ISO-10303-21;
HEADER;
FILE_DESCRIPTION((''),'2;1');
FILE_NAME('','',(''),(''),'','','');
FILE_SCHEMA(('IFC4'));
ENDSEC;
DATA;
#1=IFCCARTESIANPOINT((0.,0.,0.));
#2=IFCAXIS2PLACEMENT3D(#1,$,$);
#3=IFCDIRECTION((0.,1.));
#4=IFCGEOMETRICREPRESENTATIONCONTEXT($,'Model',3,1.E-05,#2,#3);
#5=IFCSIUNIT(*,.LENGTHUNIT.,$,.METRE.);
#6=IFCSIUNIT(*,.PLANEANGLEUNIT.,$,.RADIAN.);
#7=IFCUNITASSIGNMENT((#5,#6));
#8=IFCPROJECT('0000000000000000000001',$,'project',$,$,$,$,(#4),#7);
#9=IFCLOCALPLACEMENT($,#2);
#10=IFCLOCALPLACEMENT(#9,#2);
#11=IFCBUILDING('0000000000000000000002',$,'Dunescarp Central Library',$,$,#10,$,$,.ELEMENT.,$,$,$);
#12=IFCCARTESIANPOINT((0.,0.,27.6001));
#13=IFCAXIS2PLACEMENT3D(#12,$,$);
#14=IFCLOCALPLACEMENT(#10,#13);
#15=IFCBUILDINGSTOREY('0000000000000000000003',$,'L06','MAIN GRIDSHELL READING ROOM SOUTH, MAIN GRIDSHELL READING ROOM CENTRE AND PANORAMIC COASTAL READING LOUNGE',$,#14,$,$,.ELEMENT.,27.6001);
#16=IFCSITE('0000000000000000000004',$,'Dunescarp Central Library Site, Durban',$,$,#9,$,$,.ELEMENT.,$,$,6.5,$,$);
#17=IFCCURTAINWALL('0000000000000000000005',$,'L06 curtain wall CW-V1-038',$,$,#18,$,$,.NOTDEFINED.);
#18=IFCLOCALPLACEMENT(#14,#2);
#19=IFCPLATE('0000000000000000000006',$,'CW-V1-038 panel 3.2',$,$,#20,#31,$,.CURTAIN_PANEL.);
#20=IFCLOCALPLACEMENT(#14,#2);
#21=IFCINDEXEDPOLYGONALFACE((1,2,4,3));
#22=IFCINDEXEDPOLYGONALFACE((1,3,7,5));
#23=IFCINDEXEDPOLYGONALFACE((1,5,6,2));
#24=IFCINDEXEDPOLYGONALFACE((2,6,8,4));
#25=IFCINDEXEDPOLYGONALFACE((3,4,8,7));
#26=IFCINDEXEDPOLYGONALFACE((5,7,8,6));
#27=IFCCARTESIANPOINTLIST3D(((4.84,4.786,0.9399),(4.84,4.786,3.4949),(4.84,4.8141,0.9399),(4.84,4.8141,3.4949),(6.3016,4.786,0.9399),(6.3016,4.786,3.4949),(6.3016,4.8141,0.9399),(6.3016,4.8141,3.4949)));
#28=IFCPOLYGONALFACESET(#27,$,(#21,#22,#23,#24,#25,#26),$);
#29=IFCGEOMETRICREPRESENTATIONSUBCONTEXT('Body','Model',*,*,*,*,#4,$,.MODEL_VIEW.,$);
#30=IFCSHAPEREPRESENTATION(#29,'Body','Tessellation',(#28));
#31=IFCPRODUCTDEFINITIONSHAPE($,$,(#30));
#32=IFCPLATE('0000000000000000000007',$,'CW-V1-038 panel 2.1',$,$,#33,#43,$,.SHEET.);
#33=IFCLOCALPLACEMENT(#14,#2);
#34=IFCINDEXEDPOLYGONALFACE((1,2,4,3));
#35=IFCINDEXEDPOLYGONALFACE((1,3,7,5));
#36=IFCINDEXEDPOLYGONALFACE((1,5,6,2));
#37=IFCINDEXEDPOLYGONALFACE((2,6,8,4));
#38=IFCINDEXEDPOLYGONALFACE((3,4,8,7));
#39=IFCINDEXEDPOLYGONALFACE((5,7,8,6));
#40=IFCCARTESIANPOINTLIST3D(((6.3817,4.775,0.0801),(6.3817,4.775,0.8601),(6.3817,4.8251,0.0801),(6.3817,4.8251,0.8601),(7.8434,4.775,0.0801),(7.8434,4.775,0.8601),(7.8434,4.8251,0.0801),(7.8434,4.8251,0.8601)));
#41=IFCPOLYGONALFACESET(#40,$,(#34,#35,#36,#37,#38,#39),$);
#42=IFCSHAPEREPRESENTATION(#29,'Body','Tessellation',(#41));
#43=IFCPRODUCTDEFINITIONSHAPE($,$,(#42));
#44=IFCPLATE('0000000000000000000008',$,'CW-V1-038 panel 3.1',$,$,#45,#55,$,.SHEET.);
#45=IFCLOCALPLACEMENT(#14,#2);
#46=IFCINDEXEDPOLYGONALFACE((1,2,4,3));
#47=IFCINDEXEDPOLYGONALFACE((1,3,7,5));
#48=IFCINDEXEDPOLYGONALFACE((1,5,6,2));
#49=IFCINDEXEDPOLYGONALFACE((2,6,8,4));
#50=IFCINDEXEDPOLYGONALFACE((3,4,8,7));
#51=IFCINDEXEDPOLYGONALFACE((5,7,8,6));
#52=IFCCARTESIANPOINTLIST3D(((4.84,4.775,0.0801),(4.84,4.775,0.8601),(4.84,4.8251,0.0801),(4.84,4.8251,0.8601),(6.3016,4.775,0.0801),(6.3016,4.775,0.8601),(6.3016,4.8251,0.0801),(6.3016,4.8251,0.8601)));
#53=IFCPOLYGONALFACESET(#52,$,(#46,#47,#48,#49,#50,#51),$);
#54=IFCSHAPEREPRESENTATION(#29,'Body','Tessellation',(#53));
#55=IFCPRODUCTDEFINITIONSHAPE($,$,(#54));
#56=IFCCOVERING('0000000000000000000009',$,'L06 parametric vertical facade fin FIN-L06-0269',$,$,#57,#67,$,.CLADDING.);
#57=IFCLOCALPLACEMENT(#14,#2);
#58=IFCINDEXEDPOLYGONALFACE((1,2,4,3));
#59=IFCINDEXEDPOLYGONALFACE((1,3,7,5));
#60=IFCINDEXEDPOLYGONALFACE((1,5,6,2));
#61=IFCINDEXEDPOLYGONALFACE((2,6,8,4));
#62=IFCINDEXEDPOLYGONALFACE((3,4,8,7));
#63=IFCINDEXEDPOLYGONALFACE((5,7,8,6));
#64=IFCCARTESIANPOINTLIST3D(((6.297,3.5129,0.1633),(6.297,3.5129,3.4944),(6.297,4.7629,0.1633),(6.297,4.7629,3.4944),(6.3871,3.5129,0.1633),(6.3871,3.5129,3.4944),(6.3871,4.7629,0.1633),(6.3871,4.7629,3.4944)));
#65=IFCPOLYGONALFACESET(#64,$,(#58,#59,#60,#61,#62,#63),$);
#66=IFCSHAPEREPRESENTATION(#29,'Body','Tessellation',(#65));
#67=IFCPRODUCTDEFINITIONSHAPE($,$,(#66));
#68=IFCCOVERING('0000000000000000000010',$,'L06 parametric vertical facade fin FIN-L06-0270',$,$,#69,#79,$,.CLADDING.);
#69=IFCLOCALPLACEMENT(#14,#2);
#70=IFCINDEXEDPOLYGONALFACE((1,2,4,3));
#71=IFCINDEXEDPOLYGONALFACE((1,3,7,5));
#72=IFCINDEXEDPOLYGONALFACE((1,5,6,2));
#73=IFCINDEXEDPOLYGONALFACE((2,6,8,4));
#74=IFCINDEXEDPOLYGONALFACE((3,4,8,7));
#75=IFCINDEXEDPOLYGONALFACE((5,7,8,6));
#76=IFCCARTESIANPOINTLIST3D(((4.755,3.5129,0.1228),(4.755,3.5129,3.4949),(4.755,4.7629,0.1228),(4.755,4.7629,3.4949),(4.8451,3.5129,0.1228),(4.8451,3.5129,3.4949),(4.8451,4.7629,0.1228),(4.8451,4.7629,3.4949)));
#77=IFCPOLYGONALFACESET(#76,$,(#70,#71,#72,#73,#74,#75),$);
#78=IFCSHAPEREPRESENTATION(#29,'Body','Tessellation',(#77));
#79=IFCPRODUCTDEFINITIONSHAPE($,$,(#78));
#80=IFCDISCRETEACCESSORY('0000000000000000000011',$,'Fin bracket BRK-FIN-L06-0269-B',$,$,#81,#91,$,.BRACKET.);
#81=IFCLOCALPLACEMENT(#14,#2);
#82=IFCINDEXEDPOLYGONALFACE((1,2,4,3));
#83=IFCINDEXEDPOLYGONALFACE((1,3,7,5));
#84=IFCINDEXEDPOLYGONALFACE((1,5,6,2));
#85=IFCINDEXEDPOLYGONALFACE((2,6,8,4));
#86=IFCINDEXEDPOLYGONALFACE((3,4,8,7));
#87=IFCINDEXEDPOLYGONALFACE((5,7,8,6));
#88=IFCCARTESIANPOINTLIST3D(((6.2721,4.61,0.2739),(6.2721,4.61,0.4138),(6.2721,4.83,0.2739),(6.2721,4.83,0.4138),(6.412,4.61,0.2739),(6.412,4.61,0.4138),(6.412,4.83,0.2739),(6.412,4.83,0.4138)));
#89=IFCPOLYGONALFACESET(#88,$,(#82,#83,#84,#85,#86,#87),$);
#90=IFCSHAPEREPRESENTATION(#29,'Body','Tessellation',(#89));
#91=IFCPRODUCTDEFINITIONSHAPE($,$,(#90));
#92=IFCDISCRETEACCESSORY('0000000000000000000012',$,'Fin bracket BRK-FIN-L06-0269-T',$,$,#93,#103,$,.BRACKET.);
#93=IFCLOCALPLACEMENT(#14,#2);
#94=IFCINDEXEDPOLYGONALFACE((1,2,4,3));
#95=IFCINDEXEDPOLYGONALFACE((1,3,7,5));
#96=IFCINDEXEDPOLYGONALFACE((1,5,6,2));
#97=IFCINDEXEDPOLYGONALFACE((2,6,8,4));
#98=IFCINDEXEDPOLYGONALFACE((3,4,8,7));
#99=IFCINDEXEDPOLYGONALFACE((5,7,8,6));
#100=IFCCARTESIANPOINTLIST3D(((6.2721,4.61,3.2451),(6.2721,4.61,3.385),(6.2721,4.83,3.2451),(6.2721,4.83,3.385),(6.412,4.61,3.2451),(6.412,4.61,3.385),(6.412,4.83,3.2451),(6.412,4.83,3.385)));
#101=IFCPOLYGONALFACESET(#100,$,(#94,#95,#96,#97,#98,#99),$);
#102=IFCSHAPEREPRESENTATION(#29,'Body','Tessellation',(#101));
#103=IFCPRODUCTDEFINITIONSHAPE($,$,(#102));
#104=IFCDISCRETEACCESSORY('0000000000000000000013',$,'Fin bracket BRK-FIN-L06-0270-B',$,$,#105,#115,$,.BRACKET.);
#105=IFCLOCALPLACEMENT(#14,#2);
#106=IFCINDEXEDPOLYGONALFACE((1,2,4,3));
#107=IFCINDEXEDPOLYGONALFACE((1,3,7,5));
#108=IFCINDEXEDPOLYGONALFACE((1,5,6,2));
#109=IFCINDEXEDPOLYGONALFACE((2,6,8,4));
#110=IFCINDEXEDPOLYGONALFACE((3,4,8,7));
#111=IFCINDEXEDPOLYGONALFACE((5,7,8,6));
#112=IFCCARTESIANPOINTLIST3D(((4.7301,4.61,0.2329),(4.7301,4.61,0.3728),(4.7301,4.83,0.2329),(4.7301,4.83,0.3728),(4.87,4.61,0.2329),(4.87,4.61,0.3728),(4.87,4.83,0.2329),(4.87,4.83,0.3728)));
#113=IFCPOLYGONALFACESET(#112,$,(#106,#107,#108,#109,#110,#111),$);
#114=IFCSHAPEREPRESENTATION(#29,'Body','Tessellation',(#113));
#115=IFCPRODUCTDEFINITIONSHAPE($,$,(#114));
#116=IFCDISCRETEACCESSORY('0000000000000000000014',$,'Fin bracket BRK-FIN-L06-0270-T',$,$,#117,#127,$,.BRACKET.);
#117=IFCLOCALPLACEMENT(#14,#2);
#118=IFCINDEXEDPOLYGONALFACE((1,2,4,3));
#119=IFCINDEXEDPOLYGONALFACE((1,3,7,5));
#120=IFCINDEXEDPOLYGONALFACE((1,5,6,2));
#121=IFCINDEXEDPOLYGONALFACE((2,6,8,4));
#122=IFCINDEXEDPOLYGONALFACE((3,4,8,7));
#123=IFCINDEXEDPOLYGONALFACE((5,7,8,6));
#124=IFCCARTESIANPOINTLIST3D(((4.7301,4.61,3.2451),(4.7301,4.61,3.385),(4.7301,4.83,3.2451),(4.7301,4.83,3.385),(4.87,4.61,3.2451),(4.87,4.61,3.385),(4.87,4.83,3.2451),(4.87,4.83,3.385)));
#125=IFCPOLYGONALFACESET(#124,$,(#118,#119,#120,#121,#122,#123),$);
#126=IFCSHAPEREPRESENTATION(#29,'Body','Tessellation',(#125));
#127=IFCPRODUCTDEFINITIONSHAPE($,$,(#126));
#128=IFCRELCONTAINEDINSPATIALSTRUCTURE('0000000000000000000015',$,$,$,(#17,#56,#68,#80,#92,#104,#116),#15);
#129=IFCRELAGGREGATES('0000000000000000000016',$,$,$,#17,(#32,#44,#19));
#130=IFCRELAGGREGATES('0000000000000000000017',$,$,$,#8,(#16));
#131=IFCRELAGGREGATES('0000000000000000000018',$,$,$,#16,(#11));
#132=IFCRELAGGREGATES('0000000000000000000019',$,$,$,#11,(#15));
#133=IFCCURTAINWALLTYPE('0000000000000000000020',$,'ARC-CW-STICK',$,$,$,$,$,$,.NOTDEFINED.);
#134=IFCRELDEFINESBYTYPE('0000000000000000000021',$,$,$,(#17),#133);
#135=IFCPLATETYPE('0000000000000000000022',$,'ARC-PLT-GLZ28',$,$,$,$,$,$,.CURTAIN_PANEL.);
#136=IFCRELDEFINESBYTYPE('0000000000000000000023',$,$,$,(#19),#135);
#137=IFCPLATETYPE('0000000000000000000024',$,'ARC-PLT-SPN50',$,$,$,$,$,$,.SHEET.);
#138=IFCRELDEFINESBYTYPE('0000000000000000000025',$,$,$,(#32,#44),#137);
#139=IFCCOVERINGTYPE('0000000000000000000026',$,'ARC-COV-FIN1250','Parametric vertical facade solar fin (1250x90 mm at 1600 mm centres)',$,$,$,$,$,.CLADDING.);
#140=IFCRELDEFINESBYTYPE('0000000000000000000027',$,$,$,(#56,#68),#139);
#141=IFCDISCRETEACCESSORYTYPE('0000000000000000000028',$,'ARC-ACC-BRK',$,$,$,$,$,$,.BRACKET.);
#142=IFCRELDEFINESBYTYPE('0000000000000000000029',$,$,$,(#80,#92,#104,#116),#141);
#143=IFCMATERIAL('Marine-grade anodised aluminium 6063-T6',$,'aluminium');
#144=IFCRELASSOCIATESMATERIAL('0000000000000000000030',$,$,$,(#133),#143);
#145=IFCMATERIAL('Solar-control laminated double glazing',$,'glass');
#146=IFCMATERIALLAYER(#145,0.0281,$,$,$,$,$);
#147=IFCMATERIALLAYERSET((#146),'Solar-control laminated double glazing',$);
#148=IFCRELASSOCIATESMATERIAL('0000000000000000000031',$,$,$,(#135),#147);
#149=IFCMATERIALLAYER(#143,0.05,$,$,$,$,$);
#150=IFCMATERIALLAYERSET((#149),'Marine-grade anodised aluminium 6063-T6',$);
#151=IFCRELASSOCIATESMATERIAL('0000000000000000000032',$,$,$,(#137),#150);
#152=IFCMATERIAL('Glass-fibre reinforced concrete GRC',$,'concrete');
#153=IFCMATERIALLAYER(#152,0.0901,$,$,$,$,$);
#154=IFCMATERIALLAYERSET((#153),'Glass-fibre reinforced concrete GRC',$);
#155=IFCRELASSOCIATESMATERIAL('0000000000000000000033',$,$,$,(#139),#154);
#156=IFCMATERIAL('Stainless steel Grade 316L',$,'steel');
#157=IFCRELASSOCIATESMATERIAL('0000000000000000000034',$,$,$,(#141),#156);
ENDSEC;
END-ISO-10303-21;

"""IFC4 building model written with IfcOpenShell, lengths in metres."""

from ifc_helpers import new_model, si_unit, direction, frame, origin, origin_2d, place, context, subcontext, project, spatial, rectangle, extrude, material, layer, layer_set, type_object, element, aggregate, save


model = new_model("IFC4")

# Units and contexts
model_context = context("Model", 3, precision=1e-05, world=origin(), true_north=direction((0.0, 1.0)))
body_context = subcontext(model_context, "Body", "Model", "MODEL_VIEW")
ifc_project = project(units=[si_unit("LENGTHUNIT", "METRE"), si_unit("PLANEANGLEUNIT", "RADIAN")], contexts=[model_context])

# Site, building, storey
site_placement = place(None, origin())
site = spatial("IfcSite", under=ifc_project, at=site_placement, Name="Dunescarp Central Library Site, Durban", CompositionType="ELEMENT", RefElevation=6.5)
building_placement = place(site_placement, origin())
building = spatial("IfcBuilding", under=site, at=building_placement, Name="Dunescarp Central Library", CompositionType="ELEMENT")
storey_placement = place(building_placement, frame((0.0, 0.0, 27.6001)))
storey = spatial("IfcBuildingStorey", under=building, at=storey_placement, Name="L06", Description="MAIN GRIDSHELL READING ROOM SOUTH, MAIN GRIDSHELL READING ROOM CENTRE AND PANORAMIC COASTAL READING LOUNGE", CompositionType="ELEMENT", Elevation=27.6001)

# Curtain wall
ifc_material_1 = material(Name="Marine-grade anodised aluminium 6063-T6", Category="aluminium")
curtain_wall_type = type_object("IfcCurtainWallType", Name="ARC-CW-STICK", PredefinedType="NOTDEFINED", material=ifc_material_1)
curtain_wall_placement = place(storey_placement, origin())
curtain_wall = element("IfcCurtainWall", 1, at=curtain_wall_placement, inside=storey, type_object=curtain_wall_type, Name="L06 curtain wall CW-V1-038", PredefinedType="NOTDEFINED")

# Plates
ifc_material_2 = material(Name="Solar-control laminated double glazing", Category="glass")
ifc_layer_1 = layer(ifc_material_2, 0.0281)
ifc_layer_set_1 = layer_set([ifc_layer_1], Name="Solar-control laminated double glazing")
plate_type_1 = type_object("IfcPlateType", Name="ARC-PLT-GLZ28", PredefinedType="CURTAIN_PANEL", material=ifc_layer_set_1)
plate_1_placement = place(storey_placement, frame((5.5708, 4.8, 0.9399), z_axis=(0.0, 0.0, 1.0), x_axis=(-1.0, 0.0, 0.0)))
plate_1 = element("IfcPlate", 2, at=plate_1_placement, type_object=plate_type_1, Name="CW-V1-038 panel 3.2", PredefinedType="CURTAIN_PANEL", context=body_context, shape_type="SweptSolid", body=[
    extrude(rectangle(XDim=1.4617, YDim=0.0281, at=origin_2d()), origin(), (0.0, 0.0, 1.0), 2.5549),
])
ifc_layer_2 = layer(ifc_material_1, 0.05)
ifc_layer_set_2 = layer_set([ifc_layer_2], Name="Marine-grade anodised aluminium 6063-T6")
plate_type_2 = type_object("IfcPlateType", Name="ARC-PLT-SPN50", PredefinedType="SHEET", material=ifc_layer_set_2)
plate_2_placement = place(storey_placement, frame((7.1125, 4.8, 0.0801), z_axis=(0.0, 0.0, 1.0), x_axis=(-1.0, 0.0, 0.0)))
plate_2 = element("IfcPlate", 3, at=plate_2_placement, type_object=plate_type_2, Name="CW-V1-038 panel 2.1", PredefinedType="SHEET", context=body_context, shape_type="SweptSolid", body=[
    extrude(rectangle(XDim=1.4617, YDim=0.05, at=origin_2d()), origin(), (0.0, 0.0, 1.0), 0.78),
])
plate_3_placement = place(storey_placement, frame((5.5708, 4.8, 0.0801), z_axis=(0.0, 0.0, 1.0), x_axis=(-1.0, 0.0, 0.0)))
plate_3 = element("IfcPlate", 4, at=plate_3_placement, type_object=plate_type_2, Name="CW-V1-038 panel 3.1", PredefinedType="SHEET", context=body_context, shape_type="SweptSolid", body=[
    extrude(rectangle(XDim=1.4617, YDim=0.05, at=origin_2d()), origin(), (0.0, 0.0, 1.0), 0.78),
])
aggregate(curtain_wall, [plate_2, plate_3, plate_1])

# Coverings
ifc_material_3 = material(Name="Glass-fibre reinforced concrete GRC", Category="concrete")
ifc_layer_3 = layer(ifc_material_3, 0.0901)
ifc_layer_set_3 = layer_set([ifc_layer_3], Name="Glass-fibre reinforced concrete GRC")
covering_type = type_object("IfcCoveringType", Name="ARC-COV-FIN1250", Description="Parametric vertical facade solar fin (1250x90 mm at 1600 mm centres)", PredefinedType="CLADDING", material=ifc_layer_set_3)
covering_1_placement = place(storey_placement, frame((6.342, 4.1379, 0.1633), z_axis=(0.0, 0.0, 1.0), x_axis=(0.0, -1.0, 0.0)))
element("IfcCovering", 5, at=covering_1_placement, inside=storey, type_object=covering_type, Name="L06 parametric vertical facade fin FIN-L06-0269", PredefinedType="CLADDING", context=body_context, shape_type="SweptSolid", body=[
    extrude(rectangle(XDim=1.25, YDim=0.0901, at=origin_2d()), origin(), (0.0, 0.0, 1.0), 3.3311),
])
covering_2_placement = place(storey_placement, frame((4.8, 4.1379, 0.1228), z_axis=(0.0, 0.0, 1.0), x_axis=(0.0, -1.0, 0.0)))
element("IfcCovering", 6, at=covering_2_placement, inside=storey, type_object=covering_type, Name="L06 parametric vertical facade fin FIN-L06-0270", PredefinedType="CLADDING", context=body_context, shape_type="SweptSolid", body=[
    extrude(rectangle(XDim=1.25, YDim=0.0901, at=origin_2d()), origin(), (0.0, 0.0, 1.0), 3.3721),
])

# Discrete accessories
ifc_material_4 = material(Name="Stainless steel Grade 316L", Category="steel")
discrete_accessory_type = type_object("IfcDiscreteAccessoryType", Name="ARC-ACC-BRK", PredefinedType="BRACKET", material=ifc_material_4)
for number, where, z_axis, x_axis, name in (
    (7, (6.342, 4.72, 0.2739), (0.0, 0.0, 1.0), (0.0, -1.0, 0.0), "Fin bracket BRK-FIN-L06-0269-B"),
    (8, (6.342, 4.72, 3.2451), (0.0, 0.0, 1.0), (0.0, -1.0, 0.0), "Fin bracket BRK-FIN-L06-0269-T"),
    (9, (4.8, 4.72, 0.2329), (0.0, 0.0, 1.0), (0.0, -1.0, 0.0), "Fin bracket BRK-FIN-L06-0270-B"),
    (10, (4.8, 4.72, 3.2451), (0.0, 0.0, 1.0), (0.0, -1.0, 0.0), "Fin bracket BRK-FIN-L06-0270-T"),
):
    element("IfcDiscreteAccessory", number, at=place(storey_placement, frame(where, z_axis=z_axis, x_axis=x_axis)), inside=storey, type_object=discrete_accessory_type, Name=name, PredefinedType="BRACKET", context=body_context, shape_type="SweptSolid", body=[
        extrude(rectangle(XDim=0.22, YDim=0.1399, at=origin_2d()), origin(), (0.0, 0.0, 1.0), 0.1399),
    ])

save(model, "model.ifc")
